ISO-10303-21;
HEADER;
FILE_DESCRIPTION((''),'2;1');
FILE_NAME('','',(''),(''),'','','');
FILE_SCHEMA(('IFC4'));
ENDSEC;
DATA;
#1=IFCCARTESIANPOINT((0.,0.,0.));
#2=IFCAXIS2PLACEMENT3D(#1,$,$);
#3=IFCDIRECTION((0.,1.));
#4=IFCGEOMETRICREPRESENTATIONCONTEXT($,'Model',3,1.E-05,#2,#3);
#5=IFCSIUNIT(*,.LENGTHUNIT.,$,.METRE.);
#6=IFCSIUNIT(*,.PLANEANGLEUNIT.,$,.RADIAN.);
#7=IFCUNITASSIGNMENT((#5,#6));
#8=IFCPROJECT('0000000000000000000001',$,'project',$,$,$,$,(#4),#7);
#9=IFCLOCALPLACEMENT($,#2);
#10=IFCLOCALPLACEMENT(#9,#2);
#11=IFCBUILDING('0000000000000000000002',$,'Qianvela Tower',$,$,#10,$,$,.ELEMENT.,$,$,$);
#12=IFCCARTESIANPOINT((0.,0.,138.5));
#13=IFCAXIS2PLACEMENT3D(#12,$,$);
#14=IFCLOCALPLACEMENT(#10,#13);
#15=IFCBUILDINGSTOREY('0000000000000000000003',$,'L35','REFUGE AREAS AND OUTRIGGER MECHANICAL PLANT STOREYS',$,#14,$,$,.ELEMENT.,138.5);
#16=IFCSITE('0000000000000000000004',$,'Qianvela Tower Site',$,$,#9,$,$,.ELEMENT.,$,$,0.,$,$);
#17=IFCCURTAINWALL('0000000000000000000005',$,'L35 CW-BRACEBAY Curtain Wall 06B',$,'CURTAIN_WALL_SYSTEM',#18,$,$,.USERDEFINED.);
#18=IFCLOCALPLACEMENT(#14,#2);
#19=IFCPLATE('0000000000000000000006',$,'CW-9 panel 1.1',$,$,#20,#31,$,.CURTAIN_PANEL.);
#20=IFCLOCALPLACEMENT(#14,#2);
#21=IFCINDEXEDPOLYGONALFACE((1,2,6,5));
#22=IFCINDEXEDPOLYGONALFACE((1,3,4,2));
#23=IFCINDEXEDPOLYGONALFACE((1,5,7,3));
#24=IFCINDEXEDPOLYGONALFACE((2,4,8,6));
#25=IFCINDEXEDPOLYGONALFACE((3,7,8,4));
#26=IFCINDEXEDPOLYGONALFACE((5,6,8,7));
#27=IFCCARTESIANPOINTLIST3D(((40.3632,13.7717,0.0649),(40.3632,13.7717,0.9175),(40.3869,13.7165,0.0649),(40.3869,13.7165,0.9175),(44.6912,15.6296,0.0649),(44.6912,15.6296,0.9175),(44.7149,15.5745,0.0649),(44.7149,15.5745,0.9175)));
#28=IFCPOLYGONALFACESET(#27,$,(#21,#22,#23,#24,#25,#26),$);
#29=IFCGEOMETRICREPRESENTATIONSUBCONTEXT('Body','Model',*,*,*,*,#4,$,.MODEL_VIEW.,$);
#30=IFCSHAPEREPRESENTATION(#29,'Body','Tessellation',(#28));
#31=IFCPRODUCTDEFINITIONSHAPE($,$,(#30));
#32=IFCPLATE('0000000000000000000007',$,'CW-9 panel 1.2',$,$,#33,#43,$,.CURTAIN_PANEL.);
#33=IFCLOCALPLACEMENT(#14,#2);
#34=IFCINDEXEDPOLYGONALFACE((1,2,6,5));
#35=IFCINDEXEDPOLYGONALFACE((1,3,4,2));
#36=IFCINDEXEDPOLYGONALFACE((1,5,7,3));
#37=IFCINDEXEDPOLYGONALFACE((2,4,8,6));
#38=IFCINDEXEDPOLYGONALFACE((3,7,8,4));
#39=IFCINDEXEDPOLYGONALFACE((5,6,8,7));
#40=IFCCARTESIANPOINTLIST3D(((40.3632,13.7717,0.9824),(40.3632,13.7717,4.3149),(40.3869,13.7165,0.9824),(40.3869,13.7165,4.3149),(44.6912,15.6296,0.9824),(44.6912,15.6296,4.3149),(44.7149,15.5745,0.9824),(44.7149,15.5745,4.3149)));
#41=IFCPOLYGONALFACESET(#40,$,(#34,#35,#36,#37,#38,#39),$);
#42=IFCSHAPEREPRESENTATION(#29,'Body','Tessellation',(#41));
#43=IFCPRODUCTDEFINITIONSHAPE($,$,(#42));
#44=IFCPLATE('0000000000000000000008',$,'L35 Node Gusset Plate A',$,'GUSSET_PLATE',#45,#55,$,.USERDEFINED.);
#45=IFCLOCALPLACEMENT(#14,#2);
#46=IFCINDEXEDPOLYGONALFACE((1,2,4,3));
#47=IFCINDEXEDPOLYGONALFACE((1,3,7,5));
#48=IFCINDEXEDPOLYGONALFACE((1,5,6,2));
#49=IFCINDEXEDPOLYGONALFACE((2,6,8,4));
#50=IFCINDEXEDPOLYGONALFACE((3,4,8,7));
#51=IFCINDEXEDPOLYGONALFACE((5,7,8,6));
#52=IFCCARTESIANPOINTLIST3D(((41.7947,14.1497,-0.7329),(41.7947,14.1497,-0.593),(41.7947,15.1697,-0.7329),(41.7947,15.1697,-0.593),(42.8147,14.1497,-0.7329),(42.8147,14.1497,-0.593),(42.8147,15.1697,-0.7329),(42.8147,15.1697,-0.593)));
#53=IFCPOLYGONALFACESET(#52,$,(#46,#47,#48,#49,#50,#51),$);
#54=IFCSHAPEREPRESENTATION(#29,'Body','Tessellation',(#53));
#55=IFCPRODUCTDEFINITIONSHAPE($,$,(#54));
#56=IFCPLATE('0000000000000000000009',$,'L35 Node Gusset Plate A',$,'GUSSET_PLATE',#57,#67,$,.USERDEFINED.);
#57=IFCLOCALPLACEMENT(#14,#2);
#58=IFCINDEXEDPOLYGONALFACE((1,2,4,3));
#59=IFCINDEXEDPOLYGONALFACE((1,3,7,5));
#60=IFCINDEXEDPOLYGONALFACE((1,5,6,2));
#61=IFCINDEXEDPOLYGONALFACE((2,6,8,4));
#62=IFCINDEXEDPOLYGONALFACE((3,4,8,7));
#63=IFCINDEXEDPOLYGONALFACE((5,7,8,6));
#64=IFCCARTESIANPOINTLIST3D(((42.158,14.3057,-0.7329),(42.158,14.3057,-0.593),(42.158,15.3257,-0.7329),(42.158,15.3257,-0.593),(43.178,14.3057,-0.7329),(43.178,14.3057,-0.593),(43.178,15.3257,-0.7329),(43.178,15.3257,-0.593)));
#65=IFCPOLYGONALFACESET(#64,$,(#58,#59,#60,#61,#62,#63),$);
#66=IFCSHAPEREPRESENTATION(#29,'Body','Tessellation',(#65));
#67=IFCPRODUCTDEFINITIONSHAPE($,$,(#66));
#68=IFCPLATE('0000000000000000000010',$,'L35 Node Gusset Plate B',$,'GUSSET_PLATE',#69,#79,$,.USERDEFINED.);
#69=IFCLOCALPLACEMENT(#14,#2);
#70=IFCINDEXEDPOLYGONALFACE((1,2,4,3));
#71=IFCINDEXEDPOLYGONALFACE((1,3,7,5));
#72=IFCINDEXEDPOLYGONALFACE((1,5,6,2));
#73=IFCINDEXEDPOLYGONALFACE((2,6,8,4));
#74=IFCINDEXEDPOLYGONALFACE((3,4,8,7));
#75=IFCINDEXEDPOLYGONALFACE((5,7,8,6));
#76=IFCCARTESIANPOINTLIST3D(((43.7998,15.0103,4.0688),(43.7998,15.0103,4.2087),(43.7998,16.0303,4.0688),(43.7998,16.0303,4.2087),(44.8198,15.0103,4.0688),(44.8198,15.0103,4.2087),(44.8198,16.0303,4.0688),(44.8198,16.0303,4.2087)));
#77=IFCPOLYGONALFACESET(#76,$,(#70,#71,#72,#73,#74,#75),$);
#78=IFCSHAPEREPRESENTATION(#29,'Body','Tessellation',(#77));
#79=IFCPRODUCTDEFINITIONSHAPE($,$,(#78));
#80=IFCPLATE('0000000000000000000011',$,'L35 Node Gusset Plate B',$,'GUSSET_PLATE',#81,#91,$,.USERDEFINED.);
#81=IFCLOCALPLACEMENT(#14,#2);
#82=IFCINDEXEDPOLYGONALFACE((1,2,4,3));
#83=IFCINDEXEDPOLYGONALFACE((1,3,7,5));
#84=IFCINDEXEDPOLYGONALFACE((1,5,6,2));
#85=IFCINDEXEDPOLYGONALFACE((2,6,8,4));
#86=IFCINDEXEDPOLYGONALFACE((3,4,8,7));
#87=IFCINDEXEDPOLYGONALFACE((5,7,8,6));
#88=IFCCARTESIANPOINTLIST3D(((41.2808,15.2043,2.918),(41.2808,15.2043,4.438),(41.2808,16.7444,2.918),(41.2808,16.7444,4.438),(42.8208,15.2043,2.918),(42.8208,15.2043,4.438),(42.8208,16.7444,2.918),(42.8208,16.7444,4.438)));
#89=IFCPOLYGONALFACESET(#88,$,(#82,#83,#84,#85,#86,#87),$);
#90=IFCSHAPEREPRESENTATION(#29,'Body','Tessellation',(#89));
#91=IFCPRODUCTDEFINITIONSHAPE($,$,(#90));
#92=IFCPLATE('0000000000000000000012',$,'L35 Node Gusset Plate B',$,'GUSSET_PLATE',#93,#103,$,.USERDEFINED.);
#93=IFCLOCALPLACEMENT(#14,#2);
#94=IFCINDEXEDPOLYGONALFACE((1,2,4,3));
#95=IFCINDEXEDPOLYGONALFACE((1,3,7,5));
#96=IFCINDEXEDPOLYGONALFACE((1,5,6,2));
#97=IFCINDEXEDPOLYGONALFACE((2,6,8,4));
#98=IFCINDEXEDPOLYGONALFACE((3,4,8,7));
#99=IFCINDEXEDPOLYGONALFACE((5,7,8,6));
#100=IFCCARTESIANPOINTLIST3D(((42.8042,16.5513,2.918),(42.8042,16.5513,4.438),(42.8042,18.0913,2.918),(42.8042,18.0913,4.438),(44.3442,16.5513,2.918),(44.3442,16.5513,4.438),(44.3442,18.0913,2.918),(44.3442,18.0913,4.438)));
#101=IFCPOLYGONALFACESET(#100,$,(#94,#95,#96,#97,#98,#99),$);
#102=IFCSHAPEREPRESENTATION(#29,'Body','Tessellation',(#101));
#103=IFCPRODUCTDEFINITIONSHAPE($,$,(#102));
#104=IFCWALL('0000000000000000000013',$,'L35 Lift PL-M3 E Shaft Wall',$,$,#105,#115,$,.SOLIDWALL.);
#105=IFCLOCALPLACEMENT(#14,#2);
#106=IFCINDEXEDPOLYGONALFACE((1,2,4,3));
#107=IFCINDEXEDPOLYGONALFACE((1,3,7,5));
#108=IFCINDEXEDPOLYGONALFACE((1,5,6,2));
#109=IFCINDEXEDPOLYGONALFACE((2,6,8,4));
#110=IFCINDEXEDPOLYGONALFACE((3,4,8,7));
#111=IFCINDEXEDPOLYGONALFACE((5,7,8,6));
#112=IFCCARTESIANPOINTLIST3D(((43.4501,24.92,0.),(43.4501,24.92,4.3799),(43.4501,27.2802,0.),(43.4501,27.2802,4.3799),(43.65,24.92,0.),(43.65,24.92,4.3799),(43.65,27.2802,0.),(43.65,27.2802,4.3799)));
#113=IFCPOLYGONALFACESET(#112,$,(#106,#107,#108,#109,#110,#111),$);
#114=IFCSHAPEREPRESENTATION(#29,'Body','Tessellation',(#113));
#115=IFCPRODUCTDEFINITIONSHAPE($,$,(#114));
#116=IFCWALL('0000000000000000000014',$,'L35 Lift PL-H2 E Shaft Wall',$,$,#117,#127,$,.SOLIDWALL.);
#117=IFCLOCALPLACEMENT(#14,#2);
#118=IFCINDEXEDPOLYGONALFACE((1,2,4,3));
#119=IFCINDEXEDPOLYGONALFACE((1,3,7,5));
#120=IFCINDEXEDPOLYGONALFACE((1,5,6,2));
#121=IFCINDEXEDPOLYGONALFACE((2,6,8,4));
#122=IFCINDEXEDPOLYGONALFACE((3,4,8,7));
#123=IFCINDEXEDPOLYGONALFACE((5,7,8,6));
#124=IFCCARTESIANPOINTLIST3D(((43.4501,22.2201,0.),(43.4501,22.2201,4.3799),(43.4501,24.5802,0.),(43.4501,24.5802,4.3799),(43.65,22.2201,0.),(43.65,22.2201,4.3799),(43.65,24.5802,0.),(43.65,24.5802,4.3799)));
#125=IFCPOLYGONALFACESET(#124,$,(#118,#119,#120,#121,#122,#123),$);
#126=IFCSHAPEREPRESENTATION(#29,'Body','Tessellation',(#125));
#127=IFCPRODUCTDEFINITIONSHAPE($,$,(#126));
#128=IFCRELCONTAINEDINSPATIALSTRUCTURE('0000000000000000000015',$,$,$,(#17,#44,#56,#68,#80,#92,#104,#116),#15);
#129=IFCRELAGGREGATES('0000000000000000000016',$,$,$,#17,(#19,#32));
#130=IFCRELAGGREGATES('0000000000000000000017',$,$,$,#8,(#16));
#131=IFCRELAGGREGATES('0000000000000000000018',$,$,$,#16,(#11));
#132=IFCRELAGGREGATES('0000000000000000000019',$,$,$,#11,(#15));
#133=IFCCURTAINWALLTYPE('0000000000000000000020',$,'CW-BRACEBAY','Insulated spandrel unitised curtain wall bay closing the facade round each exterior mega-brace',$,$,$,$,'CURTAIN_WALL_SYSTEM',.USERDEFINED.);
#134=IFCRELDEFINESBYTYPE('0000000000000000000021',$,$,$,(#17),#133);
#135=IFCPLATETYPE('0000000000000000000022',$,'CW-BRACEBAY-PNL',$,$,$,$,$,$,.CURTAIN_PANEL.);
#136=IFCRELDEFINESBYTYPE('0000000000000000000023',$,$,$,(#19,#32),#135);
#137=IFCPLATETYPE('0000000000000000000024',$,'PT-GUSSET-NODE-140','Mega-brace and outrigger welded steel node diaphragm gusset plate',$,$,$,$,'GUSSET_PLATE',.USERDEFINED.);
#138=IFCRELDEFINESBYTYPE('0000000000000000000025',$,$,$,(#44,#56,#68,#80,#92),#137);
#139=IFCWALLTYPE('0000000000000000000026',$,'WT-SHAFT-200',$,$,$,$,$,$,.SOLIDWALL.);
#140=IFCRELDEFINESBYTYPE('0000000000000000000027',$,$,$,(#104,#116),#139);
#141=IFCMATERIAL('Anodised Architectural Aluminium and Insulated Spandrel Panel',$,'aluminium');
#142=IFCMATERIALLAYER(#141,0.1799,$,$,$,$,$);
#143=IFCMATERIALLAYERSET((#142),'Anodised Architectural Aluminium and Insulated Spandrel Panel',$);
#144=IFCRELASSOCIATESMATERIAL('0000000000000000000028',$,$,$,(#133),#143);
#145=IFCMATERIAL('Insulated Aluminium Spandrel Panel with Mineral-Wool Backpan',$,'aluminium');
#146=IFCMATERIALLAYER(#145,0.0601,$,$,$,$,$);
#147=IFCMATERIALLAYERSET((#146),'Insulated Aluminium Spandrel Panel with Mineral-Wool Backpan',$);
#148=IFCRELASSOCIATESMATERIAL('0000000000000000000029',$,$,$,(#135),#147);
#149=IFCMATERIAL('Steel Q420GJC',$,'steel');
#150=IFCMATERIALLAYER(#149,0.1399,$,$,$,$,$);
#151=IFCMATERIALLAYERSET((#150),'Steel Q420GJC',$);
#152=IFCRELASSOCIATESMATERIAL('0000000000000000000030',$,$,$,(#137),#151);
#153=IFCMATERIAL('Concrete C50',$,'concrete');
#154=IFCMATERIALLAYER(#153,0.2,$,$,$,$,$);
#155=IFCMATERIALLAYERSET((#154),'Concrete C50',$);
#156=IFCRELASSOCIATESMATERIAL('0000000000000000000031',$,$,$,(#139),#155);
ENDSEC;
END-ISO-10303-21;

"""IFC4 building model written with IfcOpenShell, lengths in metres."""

from ifc_helpers import new_model, si_unit, direction, frame, frame_2d, origin, origin_2d, place, context, subcontext, project, spatial, rectangle, extrude, material, layer, layer_set, type_object, element, aggregate, save


model = new_model("IFC4")

# Units and contexts
model_context = context("Model", 3, precision=1e-05, world=origin(), true_north=direction((0.0, 1.0)))
body_context = subcontext(model_context, "Body", "Model", "MODEL_VIEW")
ifc_project = project(units=[si_unit("LENGTHUNIT", "METRE"), si_unit("PLANEANGLEUNIT", "RADIAN")], contexts=[model_context])

# Site, building, storey
site_placement = place(None, origin())
site = spatial("IfcSite", under=ifc_project, at=site_placement, Name="Qianvela Tower Site", CompositionType="ELEMENT", RefElevation=0.0)
building_placement = place(site_placement, origin())
building = spatial("IfcBuilding", under=site, at=building_placement, Name="Qianvela Tower", CompositionType="ELEMENT")
storey_placement = place(building_placement, frame((0.0, 0.0, 138.5)))
storey = spatial("IfcBuildingStorey", under=building, at=storey_placement, Name="L35", Description="REFUGE AREAS AND OUTRIGGER MECHANICAL PLANT STOREYS", CompositionType="ELEMENT", Elevation=138.5)

# Curtain wall
ifc_material_1 = material(Name="Anodised Architectural Aluminium and Insulated Spandrel Panel", Category="aluminium")
ifc_layer_1 = layer(ifc_material_1, 0.1799)
ifc_layer_set_1 = layer_set([ifc_layer_1], Name="Anodised Architectural Aluminium and Insulated Spandrel Panel")
curtain_wall_type_1 = type_object("IfcCurtainWallType", Name="CW-BRACEBAY", Description="Insulated spandrel unitised curtain wall bay closing the facade round each exterior mega-brace", ElementType="CURTAIN_WALL_SYSTEM", PredefinedType="USERDEFINED", material=ifc_layer_set_1)
curtain_wall_1_placement = place(storey_placement, origin())
curtain_wall_1 = element("IfcCurtainWall", 1, at=curtain_wall_1_placement, inside=storey, type_object=curtain_wall_type_1, Name="L35 CW-BRACEBAY Curtain Wall 06B", ObjectType="CURTAIN_WALL_SYSTEM", PredefinedType="USERDEFINED")

# Plates
ifc_material_2 = material(Name="Insulated Aluminium Spandrel Panel with Mineral-Wool Backpan", Category="aluminium")
ifc_layer_2 = layer(ifc_material_2, 0.0601)
ifc_layer_set_2 = layer_set([ifc_layer_2], Name="Insulated Aluminium Spandrel Panel with Mineral-Wool Backpan")
plate_type_1 = type_object("IfcPlateType", Name="CW-BRACEBAY-PNL", PredefinedType="CURTAIN_PANEL", material=ifc_layer_set_2)
plate_1_placement = place(storey_placement, frame((42.5391, 14.6731, 0.0649), z_axis=(0.0, 0.0, 1.0), x_axis=(0.918911, 0.394465, 0.0)))
plate_1 = element("IfcPlate", 2, at=plate_1_placement, type_object=plate_type_1, Name="CW-9 panel 1.1", PredefinedType="CURTAIN_PANEL", context=body_context, shape_type="SweptSolid", body=[
    extrude(rectangle(XDim=4.71, YDim=0.0601, at=origin_2d()), origin(), (0.0, 0.0, 1.0), 0.8525),
])
plate_2_placement = place(storey_placement, frame((42.5391, 14.6731, 0.9824), z_axis=(0.0, 0.0, 1.0), x_axis=(0.918911, 0.394465, 0.0)))
plate_2 = element("IfcPlate", 3, at=plate_2_placement, type_object=plate_type_1, Name="CW-9 panel 1.2", PredefinedType="CURTAIN_PANEL", context=body_context, shape_type="SweptSolid", body=[
    extrude(rectangle(XDim=4.71, YDim=0.0601, at=origin_2d()), origin(), (0.0, 0.0, 1.0), 3.3325),
])
aggregate(curtain_wall_1, [plate_1, plate_2])

# Plates
ifc_material_3 = material(Name="Steel Q420GJC", Category="steel")
ifc_layer_3 = layer(ifc_material_3, 0.1399)
ifc_layer_set_3 = layer_set([ifc_layer_3], Name="Steel Q420GJC")
plate_type_2 = type_object("IfcPlateType", Name="PT-GUSSET-NODE-140", Description="Mega-brace and outrigger welded steel node diaphragm gusset plate", ElementType="GUSSET_PLATE", PredefinedType="USERDEFINED", material=ifc_layer_set_3)
for number, where, z_axis, x_axis, name in (
    (4, (42.3047, 14.6597, -0.7329), (0.0, 0.0, 1.0), (1.0, 0.0, 0.0), "L35 Node Gusset Plate A"),
    (5, (42.668, 14.8157, -0.7329), (0.0, 0.0, 1.0), (1.0, 0.0, 0.0), "L35 Node Gusset Plate A"),
    (6, (44.3098, 15.5203, 4.0688), (0.0, 0.0, 1.0), (1.0, 0.0, 0.0), "L35 Node Gusset Plate B"),
):
    element("IfcPlate", number, at=place(storey_placement, frame(where, z_axis=z_axis, x_axis=x_axis)), inside=storey, type_object=plate_type_2, Name=name, ObjectType="GUSSET_PLATE", PredefinedType="USERDEFINED", context=body_context, shape_type="SweptSolid", body=[
        extrude(rectangle(XDim=1.02, YDim=1.02, at=origin_2d()), origin(), (0.0, 0.0, 1.0), 0.1399),
    ])
for number, where, z_axis, x_axis, name in (
    (7, (42.0508, 15.9744, 2.918), (0.0, 0.0, 1.0), (1.0, 0.0, 0.0), "L35 Node Gusset Plate B"),
    (8, (43.5742, 17.3213, 2.918), (0.0, 0.0, 1.0), (1.0, 0.0, 0.0), "L35 Node Gusset Plate B"),
):
    element("IfcPlate", number, at=place(storey_placement, frame(where, z_axis=z_axis, x_axis=x_axis)), inside=storey, type_object=plate_type_2, Name=name, ObjectType="GUSSET_PLATE", PredefinedType="USERDEFINED", context=body_context, shape_type="SweptSolid", body=[
        extrude(rectangle(XDim=1.54, YDim=1.54, at=origin_2d()), origin(), (0.0, 0.0, 1.0), 1.52),
    ])

# Walls
ifc_material_4 = material(Name="Concrete C50", Category="concrete")
ifc_layer_4 = layer(ifc_material_4, 0.2)
ifc_layer_set_4 = layer_set([ifc_layer_4], Name="Concrete C50")
wall_type = type_object("IfcWallType", Name="WT-SHAFT-200", PredefinedType="SOLIDWALL", material=ifc_layer_set_4)
for number, where, z_axis, x_axis, name in (
    (9, (43.55, 24.9199, 0.0), (0.0, 0.0, 1.0), (0.0, 1.0, 0.0), "L35 Lift PL-M3 E Shaft Wall"),
    (10, (43.55, 22.22, 0.0), (0.0, 0.0, 1.0), (0.0, 1.0, 0.0), "L35 Lift PL-H2 E Shaft Wall"),
):
    element("IfcWall", number, at=place(storey_placement, frame(where, z_axis=z_axis, x_axis=x_axis)), inside=storey, type_object=wall_type, Name=name, PredefinedType="SOLIDWALL", context=body_context, shape_type="SweptSolid", body=[
        extrude(rectangle(XDim=2.3601, YDim=0.2, at=frame_2d((1.1802, 0.0))), origin(), (0.0, 0.0, 1.0), 4.3799),
    ])

save(model, "model.ifc")
